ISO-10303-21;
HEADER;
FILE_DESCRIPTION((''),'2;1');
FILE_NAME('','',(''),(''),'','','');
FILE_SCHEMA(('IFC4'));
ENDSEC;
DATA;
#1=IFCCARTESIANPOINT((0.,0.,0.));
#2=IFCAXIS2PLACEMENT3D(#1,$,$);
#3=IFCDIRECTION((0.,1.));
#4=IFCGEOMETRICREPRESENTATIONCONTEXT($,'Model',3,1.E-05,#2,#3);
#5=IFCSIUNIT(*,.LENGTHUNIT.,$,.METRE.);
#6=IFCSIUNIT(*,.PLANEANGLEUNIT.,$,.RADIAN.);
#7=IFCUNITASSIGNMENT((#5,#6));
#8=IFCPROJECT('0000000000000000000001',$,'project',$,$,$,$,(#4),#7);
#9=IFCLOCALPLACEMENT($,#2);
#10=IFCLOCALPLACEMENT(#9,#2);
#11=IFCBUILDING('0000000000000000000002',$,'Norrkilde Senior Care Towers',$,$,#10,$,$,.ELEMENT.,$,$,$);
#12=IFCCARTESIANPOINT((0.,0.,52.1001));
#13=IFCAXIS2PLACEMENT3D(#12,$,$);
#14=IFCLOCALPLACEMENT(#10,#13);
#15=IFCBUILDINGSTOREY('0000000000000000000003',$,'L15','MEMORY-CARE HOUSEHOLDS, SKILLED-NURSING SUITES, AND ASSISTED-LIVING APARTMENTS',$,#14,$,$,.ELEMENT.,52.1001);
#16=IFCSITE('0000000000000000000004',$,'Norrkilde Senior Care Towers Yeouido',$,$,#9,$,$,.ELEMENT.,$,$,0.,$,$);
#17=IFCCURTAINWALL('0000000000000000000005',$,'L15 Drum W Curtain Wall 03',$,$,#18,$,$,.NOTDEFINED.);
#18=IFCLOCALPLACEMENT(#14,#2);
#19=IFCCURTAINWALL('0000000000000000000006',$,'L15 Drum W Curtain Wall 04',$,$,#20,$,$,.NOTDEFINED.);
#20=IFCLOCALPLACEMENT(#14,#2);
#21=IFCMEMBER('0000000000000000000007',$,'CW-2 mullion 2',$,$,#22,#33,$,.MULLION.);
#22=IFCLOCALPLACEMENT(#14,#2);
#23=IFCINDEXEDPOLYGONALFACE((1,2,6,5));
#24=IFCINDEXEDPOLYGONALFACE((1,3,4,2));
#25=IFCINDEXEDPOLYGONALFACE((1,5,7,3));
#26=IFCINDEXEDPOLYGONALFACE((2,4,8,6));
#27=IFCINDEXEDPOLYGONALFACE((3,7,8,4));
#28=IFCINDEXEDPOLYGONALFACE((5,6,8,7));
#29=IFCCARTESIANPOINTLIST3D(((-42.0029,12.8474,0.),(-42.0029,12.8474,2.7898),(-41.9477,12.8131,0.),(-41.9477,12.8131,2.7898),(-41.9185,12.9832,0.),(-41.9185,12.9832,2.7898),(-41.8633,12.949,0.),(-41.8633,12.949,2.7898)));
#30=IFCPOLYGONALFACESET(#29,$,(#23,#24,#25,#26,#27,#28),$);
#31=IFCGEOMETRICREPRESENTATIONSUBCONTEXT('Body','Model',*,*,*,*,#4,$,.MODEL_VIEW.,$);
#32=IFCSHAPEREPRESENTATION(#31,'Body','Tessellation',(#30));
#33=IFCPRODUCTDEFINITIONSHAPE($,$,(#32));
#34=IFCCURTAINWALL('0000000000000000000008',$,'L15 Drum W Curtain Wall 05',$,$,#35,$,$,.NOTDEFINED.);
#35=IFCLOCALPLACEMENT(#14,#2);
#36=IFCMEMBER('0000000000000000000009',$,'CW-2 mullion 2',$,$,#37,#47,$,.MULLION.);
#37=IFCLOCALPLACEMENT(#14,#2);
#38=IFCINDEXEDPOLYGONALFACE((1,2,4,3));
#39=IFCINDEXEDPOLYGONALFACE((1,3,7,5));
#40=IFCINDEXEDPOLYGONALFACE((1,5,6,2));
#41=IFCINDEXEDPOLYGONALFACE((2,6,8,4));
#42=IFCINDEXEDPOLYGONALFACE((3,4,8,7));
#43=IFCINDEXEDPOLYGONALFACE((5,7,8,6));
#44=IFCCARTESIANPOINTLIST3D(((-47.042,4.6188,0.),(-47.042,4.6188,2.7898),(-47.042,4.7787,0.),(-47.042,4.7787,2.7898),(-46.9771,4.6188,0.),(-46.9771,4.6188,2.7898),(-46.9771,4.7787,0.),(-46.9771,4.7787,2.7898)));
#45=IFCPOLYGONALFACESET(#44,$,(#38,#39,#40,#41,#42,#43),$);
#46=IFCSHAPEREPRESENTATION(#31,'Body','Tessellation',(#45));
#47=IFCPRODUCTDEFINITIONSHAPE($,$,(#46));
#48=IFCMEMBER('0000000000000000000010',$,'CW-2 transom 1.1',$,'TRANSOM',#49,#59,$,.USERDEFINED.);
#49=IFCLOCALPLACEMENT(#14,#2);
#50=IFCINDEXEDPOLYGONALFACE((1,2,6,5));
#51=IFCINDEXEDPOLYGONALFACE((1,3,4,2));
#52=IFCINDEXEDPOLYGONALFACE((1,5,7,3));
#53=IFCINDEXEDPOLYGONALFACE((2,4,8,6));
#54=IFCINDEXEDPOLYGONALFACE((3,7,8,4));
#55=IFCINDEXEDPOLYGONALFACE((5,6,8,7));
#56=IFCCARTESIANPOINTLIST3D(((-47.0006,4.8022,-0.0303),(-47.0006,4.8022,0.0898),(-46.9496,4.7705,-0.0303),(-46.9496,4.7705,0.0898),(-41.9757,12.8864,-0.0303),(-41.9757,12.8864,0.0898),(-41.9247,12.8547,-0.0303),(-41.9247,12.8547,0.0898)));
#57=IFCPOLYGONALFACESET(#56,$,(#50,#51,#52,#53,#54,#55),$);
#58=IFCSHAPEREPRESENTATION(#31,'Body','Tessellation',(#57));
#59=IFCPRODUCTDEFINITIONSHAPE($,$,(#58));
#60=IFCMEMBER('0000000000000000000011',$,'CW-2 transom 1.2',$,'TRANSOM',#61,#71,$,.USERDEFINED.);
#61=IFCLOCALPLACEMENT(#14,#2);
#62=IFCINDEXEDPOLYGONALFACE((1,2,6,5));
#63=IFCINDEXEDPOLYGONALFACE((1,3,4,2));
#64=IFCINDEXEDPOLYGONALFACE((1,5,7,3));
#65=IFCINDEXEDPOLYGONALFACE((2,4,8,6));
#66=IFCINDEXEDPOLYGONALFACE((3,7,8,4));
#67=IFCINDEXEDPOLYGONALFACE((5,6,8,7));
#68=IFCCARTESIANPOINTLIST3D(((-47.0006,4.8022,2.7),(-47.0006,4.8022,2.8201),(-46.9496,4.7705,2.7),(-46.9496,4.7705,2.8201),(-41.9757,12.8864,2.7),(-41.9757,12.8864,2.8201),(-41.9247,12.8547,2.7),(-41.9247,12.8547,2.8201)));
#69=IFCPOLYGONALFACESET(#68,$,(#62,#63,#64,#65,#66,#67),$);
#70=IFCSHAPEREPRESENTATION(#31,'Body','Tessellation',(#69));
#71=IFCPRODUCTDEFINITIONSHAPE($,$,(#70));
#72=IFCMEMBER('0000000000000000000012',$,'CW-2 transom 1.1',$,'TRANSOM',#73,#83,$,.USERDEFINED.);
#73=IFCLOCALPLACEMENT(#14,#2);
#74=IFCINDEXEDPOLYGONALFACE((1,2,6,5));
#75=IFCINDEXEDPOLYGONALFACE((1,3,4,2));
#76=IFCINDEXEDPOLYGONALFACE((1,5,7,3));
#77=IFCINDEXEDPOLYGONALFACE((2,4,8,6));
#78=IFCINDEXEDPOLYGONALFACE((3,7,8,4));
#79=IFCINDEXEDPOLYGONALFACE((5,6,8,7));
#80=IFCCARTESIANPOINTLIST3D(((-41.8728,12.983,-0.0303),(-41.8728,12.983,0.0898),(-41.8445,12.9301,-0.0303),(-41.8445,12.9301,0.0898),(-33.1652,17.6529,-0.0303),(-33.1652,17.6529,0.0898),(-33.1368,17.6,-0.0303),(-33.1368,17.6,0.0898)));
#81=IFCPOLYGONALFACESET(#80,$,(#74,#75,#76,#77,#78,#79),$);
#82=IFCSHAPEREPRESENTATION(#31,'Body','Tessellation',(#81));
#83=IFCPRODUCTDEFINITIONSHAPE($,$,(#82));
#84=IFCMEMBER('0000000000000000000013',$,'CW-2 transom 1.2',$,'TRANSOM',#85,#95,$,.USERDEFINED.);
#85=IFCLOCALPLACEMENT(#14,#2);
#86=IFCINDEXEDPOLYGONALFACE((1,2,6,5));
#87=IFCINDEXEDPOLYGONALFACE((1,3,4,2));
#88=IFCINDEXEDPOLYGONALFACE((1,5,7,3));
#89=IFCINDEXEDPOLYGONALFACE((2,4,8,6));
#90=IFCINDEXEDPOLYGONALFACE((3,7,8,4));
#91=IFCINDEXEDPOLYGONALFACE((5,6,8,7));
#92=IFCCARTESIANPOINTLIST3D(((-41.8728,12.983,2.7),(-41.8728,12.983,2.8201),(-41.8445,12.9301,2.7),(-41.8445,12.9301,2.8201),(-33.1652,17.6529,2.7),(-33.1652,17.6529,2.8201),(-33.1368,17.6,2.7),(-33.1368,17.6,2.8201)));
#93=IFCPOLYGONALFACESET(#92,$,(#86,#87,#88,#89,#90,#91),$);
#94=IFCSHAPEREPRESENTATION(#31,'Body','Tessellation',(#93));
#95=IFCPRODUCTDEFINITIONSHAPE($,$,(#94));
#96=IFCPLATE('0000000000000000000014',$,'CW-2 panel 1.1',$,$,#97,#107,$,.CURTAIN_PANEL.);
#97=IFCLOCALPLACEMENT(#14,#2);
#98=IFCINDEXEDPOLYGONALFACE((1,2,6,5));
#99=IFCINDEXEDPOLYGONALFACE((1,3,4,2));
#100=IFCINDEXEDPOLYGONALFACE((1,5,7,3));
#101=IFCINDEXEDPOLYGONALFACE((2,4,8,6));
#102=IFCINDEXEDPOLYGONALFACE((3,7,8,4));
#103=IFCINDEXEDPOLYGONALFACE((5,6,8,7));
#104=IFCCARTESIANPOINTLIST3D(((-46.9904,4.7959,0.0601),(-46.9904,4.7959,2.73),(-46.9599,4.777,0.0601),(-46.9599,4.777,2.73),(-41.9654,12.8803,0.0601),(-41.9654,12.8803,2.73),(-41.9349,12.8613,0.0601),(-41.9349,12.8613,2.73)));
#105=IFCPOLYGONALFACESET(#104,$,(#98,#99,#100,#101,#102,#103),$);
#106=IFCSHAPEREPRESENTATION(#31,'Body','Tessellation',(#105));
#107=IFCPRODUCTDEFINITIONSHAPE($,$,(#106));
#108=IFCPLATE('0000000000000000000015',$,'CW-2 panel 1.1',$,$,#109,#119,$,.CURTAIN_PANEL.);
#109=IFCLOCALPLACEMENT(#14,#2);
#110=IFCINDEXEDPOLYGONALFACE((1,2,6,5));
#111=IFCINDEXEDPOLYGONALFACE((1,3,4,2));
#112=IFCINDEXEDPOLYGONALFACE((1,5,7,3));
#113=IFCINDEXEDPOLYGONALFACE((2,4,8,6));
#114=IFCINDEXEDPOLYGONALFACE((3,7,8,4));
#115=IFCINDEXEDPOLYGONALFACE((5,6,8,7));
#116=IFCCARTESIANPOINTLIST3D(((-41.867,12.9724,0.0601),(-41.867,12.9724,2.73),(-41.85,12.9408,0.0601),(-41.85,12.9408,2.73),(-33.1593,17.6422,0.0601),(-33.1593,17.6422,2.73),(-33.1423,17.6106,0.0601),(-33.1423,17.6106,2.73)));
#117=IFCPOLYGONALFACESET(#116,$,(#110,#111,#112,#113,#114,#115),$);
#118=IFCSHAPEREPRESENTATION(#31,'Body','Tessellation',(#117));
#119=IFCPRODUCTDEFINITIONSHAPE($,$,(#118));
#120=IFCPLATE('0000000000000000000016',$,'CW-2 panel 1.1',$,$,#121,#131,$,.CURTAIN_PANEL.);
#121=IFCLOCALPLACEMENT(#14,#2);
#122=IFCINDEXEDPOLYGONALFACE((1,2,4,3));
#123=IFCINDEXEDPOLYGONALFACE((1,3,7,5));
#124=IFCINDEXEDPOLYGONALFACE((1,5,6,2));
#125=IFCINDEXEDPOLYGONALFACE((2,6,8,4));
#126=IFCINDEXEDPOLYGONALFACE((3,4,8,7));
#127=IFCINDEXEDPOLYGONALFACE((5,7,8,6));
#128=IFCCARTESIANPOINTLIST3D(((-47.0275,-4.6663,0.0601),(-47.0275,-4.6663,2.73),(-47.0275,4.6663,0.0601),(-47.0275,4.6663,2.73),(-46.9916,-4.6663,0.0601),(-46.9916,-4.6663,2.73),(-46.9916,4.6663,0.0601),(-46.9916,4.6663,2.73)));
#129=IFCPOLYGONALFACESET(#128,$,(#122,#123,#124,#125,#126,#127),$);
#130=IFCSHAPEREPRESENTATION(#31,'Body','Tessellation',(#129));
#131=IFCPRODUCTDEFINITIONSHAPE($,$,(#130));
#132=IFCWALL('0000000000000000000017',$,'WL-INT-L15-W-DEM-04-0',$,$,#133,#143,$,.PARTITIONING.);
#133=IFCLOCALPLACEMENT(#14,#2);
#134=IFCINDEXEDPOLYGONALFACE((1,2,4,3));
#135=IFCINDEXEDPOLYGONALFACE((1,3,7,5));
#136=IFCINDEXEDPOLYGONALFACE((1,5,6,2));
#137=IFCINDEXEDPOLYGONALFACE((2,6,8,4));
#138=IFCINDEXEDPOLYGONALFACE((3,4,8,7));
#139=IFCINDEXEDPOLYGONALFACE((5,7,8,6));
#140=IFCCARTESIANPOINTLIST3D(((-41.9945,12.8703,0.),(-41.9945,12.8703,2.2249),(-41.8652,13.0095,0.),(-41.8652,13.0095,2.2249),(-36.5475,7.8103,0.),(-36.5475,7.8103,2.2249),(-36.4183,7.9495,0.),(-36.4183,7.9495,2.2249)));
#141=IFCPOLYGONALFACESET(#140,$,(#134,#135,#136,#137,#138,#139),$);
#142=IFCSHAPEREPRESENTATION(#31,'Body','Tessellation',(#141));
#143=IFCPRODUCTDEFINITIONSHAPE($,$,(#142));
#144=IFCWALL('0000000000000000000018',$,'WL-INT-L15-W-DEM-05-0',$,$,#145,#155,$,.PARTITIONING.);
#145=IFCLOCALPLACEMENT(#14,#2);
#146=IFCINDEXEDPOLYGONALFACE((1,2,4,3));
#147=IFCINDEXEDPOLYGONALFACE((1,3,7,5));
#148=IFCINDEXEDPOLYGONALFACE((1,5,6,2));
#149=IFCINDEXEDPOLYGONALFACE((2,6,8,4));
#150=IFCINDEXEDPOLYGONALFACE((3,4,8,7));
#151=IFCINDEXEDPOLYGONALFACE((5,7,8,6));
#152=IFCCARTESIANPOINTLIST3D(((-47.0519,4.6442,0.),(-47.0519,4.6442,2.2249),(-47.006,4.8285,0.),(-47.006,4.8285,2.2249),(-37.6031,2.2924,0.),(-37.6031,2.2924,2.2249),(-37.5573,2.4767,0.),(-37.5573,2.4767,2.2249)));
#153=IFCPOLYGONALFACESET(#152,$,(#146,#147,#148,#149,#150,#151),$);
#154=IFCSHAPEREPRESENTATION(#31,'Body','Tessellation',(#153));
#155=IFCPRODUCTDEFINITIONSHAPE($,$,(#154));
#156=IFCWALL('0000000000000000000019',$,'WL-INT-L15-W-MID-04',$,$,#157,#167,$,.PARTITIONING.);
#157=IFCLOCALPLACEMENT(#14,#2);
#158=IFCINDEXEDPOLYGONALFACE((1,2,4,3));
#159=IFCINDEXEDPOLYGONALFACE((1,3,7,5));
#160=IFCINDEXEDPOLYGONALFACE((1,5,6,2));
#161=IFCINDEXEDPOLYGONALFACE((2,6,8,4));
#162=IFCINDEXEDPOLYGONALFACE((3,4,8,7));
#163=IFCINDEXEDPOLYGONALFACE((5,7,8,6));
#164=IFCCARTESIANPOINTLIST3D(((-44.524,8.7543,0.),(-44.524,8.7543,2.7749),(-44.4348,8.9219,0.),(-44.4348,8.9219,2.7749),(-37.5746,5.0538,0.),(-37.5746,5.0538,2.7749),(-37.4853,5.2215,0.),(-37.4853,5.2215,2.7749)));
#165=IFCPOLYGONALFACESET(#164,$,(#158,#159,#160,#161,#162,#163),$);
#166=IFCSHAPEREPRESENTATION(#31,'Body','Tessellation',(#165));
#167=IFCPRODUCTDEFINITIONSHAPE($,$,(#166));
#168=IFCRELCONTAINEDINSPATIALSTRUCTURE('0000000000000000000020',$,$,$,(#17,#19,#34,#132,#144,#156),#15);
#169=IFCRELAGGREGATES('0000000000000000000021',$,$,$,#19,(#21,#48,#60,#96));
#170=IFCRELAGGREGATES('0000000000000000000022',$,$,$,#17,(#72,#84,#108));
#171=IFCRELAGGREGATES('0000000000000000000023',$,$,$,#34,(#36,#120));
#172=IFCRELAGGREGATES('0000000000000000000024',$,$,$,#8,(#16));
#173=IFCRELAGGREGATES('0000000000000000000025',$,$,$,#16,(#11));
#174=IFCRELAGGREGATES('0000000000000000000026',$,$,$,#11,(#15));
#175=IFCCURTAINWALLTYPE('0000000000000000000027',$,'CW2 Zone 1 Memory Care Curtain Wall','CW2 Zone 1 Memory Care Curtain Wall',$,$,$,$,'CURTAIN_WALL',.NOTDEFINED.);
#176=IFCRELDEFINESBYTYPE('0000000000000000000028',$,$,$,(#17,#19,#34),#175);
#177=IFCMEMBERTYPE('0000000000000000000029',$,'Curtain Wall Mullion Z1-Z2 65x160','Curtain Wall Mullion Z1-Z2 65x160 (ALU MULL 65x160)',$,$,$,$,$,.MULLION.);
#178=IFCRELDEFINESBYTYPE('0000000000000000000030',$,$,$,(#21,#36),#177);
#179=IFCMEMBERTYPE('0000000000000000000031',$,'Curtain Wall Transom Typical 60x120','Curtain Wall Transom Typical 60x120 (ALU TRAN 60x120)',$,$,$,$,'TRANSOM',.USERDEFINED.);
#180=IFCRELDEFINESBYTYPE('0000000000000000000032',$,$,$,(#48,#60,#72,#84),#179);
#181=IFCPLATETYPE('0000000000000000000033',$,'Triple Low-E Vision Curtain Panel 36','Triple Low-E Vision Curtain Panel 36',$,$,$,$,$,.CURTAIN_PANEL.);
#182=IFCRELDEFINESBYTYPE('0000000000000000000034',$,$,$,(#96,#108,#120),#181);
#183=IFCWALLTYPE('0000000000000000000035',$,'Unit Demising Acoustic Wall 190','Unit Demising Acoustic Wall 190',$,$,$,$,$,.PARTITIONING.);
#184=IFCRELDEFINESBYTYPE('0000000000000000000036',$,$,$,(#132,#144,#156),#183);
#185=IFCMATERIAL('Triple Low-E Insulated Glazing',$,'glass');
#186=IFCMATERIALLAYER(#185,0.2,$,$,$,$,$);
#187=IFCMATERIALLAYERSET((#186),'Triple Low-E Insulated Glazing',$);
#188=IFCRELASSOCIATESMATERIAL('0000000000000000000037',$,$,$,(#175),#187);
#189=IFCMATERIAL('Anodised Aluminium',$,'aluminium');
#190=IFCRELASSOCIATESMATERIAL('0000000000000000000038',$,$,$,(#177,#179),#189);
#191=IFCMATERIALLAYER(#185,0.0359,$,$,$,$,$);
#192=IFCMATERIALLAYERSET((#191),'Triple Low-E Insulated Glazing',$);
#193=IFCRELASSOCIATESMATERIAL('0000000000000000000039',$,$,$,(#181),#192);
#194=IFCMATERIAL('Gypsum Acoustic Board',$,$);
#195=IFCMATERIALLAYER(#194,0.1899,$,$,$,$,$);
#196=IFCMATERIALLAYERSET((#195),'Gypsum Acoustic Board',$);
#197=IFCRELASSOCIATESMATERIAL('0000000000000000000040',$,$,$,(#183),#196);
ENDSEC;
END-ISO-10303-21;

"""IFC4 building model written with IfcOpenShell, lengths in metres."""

from ifc_helpers import new_model, si_unit, direction, frame, frame_2d, origin, origin_2d, place, context, subcontext, project, spatial, rectangle, extrude, source, transform, mapped, material, layer, layer_set, material_profile, profile_set, type_object, type_shapes, element, aggregate, save


model = new_model("IFC4")

# Units and contexts
model_context = context("Model", 3, precision=1e-05, world=origin(), true_north=direction((0.0, 1.0)))
body_context = subcontext(model_context, "Body", "Model", "MODEL_VIEW")
ifc_project = project(units=[si_unit("LENGTHUNIT", "METRE"), si_unit("PLANEANGLEUNIT", "RADIAN")], contexts=[model_context])

# Site, building, storey
site_placement = place(None, origin())
site = spatial("IfcSite", under=ifc_project, at=site_placement, Name="Norrkilde Senior Care Towers Yeouido", CompositionType="ELEMENT", RefElevation=0.0)
building_placement = place(site_placement, origin())
building = spatial("IfcBuilding", under=site, at=building_placement, Name="Norrkilde Senior Care Towers", CompositionType="ELEMENT")
storey_placement = place(building_placement, frame((0.0, 0.0, 52.1001)))
storey = spatial("IfcBuildingStorey", under=building, at=storey_placement, Name="L15", Description="MEMORY-CARE HOUSEHOLDS, SKILLED-NURSING SUITES, AND ASSISTED-LIVING APARTMENTS", CompositionType="ELEMENT", Elevation=52.1001)

# Curtain wall
ifc_material_1 = material(Name="Triple Low-E Insulated Glazing", Category="glass")
ifc_layer_1 = layer(ifc_material_1, 0.2)
ifc_layer_set_1 = layer_set([ifc_layer_1], Name="Triple Low-E Insulated Glazing")
curtain_wall_type = type_object("IfcCurtainWallType", Name="CW2 Zone 1 Memory Care Curtain Wall", Description="CW2 Zone 1 Memory Care Curtain Wall", ElementType="CURTAIN_WALL", PredefinedType="NOTDEFINED", material=ifc_layer_set_1)
curtain_wall_1_placement = place(storey_placement, origin())
curtain_wall_1 = element("IfcCurtainWall", 1, at=curtain_wall_1_placement, inside=storey, type_object=curtain_wall_type, Name="L15 Drum W Curtain Wall 03", PredefinedType="NOTDEFINED")
ifc_material_2 = material(Name="Anodised Aluminium", Category="aluminium")
ifc_material_profile_1 = material_profile(ifc_material_2, rectangle(XDim=0.0649, YDim=0.1599, at=origin_2d()), Name="ALU MULL 65x160")
ifc_profile_set_1 = profile_set([ifc_material_profile_1], Name="Anodised Aluminium")
member_type_1 = type_object("IfcMemberType", Name="Curtain Wall Mullion Z1-Z2 65x160", Description="Curtain Wall Mullion Z1-Z2 65x160 (ALU MULL 65x160)", PredefinedType="MULLION", material=ifc_profile_set_1)
shared_shape_1 = source(origin(), body_context, "Body", "SweptSolid", [
    extrude(rectangle(XDim=0.0649, YDim=0.1599, at=origin_2d()), origin(), (0.0, 0.0, 1.0), 2.7898),
])
type_shapes(member_type_1, [shared_shape_1])

# Curtain wall, member
curtain_wall_2_placement = place(storey_placement, origin())
curtain_wall_2 = element("IfcCurtainWall", 2, at=curtain_wall_2_placement, inside=storey, type_object=curtain_wall_type, Name="L15 Drum W Curtain Wall 04", PredefinedType="NOTDEFINED")
member_1_placement = place(storey_placement, frame((-41.9331, 12.8982, 0.0), z_axis=(0.0, 0.0, 1.0), x_axis=(-0.849306, 0.527901, 0.0)))
member_1 = element("IfcMember", 3, at=member_1_placement, type_object=member_type_1, Name="CW-2 mullion 2", PredefinedType="MULLION", context=body_context, shape_type="MappedRepresentation", body=[
    mapped(shared_shape_1, transform((0.0, 0.0, 0.0), x_axis=(1.0, 0.0, 0.0), y_axis=(0.0, 1.0, 0.0), z_axis=(0.0, 0.0, 1.0), scale=1.0)),
])

# Curtain wall, member
curtain_wall_3_placement = place(storey_placement, origin())
curtain_wall_3 = element("IfcCurtainWall", 4, at=curtain_wall_3_placement, inside=storey, type_object=curtain_wall_type, Name="L15 Drum W Curtain Wall 05", PredefinedType="NOTDEFINED")
member_2_placement = place(storey_placement, frame((-47.0095, 4.6987, 0.0), z_axis=(0.0, 0.0, 1.0), x_axis=(-1.0, 0.0, 0.0)))
member_2 = element("IfcMember", 5, at=member_2_placement, type_object=member_type_1, Name="CW-2 mullion 2", PredefinedType="MULLION", context=body_context, shape_type="MappedRepresentation", body=[
    mapped(shared_shape_1, transform((0.0, 0.0, 0.0), x_axis=(1.0, 0.0, 0.0), y_axis=(0.0, 1.0, 0.0), z_axis=(0.0, 0.0, 1.0), scale=1.0)),
])

# Members
ifc_material_profile_2 = material_profile(ifc_material_2, rectangle(XDim=0.0601, YDim=0.1201, at=origin_2d()), Name="ALU TRAN 60x120")
ifc_profile_set_2 = profile_set([ifc_material_profile_2], Name="Anodised Aluminium")
member_type_2 = type_object("IfcMemberType", Name="Curtain Wall Transom Typical 60x120", Description="Curtain Wall Transom Typical 60x120 (ALU TRAN 60x120)", ElementType="TRANSOM", PredefinedType="USERDEFINED", material=ifc_profile_set_2)
shared_shape_2 = source(origin(), body_context, "Body", "SweptSolid", [
    extrude(rectangle(XDim=0.0601, YDim=0.1201, at=origin_2d()), origin(), (0.0, 0.0, 1.0), 9.5186),
])
member_3_placement = place(storey_placement, frame((-46.9751, 4.7864, 0.0298), z_axis=(0.527902, 0.849306, 0.0), x_axis=(-0.849306, 0.527902, 0.0)))
member_3 = element("IfcMember", 6, at=member_3_placement, type_object=member_type_2, Name="CW-2 transom 1.1", ObjectType="TRANSOM", PredefinedType="USERDEFINED", context=body_context, shape_type="MappedRepresentation", body=[
    mapped(shared_shape_2, transform((0.0, 0.0, 0.0), x_axis=(1.0, 0.0, 0.0), y_axis=(0.0, 1.0, 0.0), z_axis=(0.0, 0.0, 1.0), scale=1.0)),
])
member_4_placement = place(storey_placement, frame((-46.9751, 4.7864, 2.76), z_axis=(0.527902, 0.849306, 0.0), x_axis=(-0.849306, 0.527902, 0.0)))
member_4 = element("IfcMember", 7, at=member_4_placement, type_object=member_type_2, Name="CW-2 transom 1.2", ObjectType="TRANSOM", PredefinedType="USERDEFINED", context=body_context, shape_type="MappedRepresentation", body=[
    mapped(shared_shape_2, transform((0.0, 0.0, 0.0), x_axis=(1.0, 0.0, 0.0), y_axis=(0.0, 1.0, 0.0), z_axis=(0.0, 0.0, 1.0), scale=1.0)),
])
shared_shape_3 = source(origin(), body_context, "Body", "SweptSolid", [
    extrude(rectangle(XDim=0.0601, YDim=0.1201, at=origin_2d()), origin(), (0.0, 0.0, 1.0), 9.8809),
])
type_shapes(member_type_2, [shared_shape_2, shared_shape_3])
member_5_placement = place(storey_placement, frame((-41.8586, 12.9565, 0.0298), z_axis=(0.881267, 0.472618, 0.0), x_axis=(-0.472618, 0.881267, 0.0)))
member_5 = element("IfcMember", 8, at=member_5_placement, type_object=member_type_2, Name="CW-2 transom 1.1", ObjectType="TRANSOM", PredefinedType="USERDEFINED", context=body_context, shape_type="MappedRepresentation", body=[
    mapped(shared_shape_3, transform((0.0, 0.0, 0.0), x_axis=(1.0, 0.0, 0.0), y_axis=(0.0, 1.0, 0.0), z_axis=(0.0, 0.0, 1.0), scale=1.0)),
])
member_6_placement = place(storey_placement, frame((-41.8586, 12.9565, 2.76), z_axis=(0.881267, 0.472618, 0.0), x_axis=(-0.472618, 0.881267, 0.0)))
member_6 = element("IfcMember", 9, at=member_6_placement, type_object=member_type_2, Name="CW-2 transom 1.2", ObjectType="TRANSOM", PredefinedType="USERDEFINED", context=body_context, shape_type="MappedRepresentation", body=[
    mapped(shared_shape_3, transform((0.0, 0.0, 0.0), x_axis=(1.0, 0.0, 0.0), y_axis=(0.0, 1.0, 0.0), z_axis=(0.0, 0.0, 1.0), scale=1.0)),
])

# Plates
ifc_layer_2 = layer(ifc_material_1, 0.0359)
ifc_layer_set_2 = layer_set([ifc_layer_2], Name="Triple Low-E Insulated Glazing")
plate_type = type_object("IfcPlateType", Name="Triple Low-E Vision Curtain Panel 36", Description="Triple Low-E Vision Curtain Panel 36", PredefinedType="CURTAIN_PANEL", material=ifc_layer_set_2)
shared_shape_4 = source(origin(), body_context, "Body", "SweptSolid", [
    extrude(rectangle(XDim=9.5188, YDim=0.0359, at=origin_2d()), origin(), (0.0, 0.0, 1.0), 2.6699),
])
plate_1_placement = place(storey_placement, frame((-44.4626, 8.8286, 0.0601), z_axis=(0.0, 0.0, 1.0), x_axis=(0.527901, 0.849306, 0.0)))
plate_1 = element("IfcPlate", 10, at=plate_1_placement, type_object=plate_type, Name="CW-2 panel 1.1", PredefinedType="CURTAIN_PANEL", context=body_context, shape_type="MappedRepresentation", body=[
    mapped(shared_shape_4, transform((0.0, 0.0, 0.0), x_axis=(1.0, 0.0, 0.0), y_axis=(0.0, 1.0, 0.0), z_axis=(0.0, 0.0, 1.0), scale=1.0)),
])
aggregate(curtain_wall_2, [member_1, member_3, member_4, plate_1])
shared_shape_5 = source(origin(), body_context, "Body", "SweptSolid", [
    extrude(rectangle(XDim=9.8809, YDim=0.0359, at=origin_2d()), origin(), (0.0, 0.0, 1.0), 2.6699),
])
plate_2_placement = place(storey_placement, frame((-37.5046, 15.2915, 0.0601), z_axis=(0.0, 0.0, 1.0), x_axis=(0.881273, 0.472608, 0.0)))
plate_2 = element("IfcPlate", 11, at=plate_2_placement, type_object=plate_type, Name="CW-2 panel 1.1", PredefinedType="CURTAIN_PANEL", context=body_context, shape_type="MappedRepresentation", body=[
    mapped(shared_shape_5, transform((0.0, 0.0, 0.0), x_axis=(1.0, 0.0, 0.0), y_axis=(0.0, 1.0, 0.0), z_axis=(0.0, 0.0, 1.0), scale=1.0)),
])
aggregate(curtain_wall_1, [member_5, member_6, plate_2])
shared_shape_6 = source(origin(), body_context, "Body", "SweptSolid", [
    extrude(rectangle(XDim=9.3325, YDim=0.0359, at=origin_2d()), origin(), (0.0, 0.0, 1.0), 2.6699),
])
type_shapes(plate_type, [shared_shape_4, shared_shape_5, shared_shape_6])
plate_3_placement = place(storey_placement, frame((-47.0095, 0.0, 0.0601), z_axis=(0.0, 0.0, 1.0), x_axis=(0.0, 1.0, 0.0)))
plate_3 = element("IfcPlate", 12, at=plate_3_placement, type_object=plate_type, Name="CW-2 panel 1.1", PredefinedType="CURTAIN_PANEL", context=body_context, shape_type="MappedRepresentation", body=[
    mapped(shared_shape_6, transform((0.0, 0.0, 0.0), x_axis=(1.0, 0.0, 0.0), y_axis=(0.0, 1.0, 0.0), z_axis=(0.0, 0.0, 1.0), scale=1.0)),
])
aggregate(curtain_wall_3, [member_2, plate_3])

# Shared definitions
ifc_material_3 = material(Name="Gypsum Acoustic Board")

# Walls
ifc_layer_3 = layer(ifc_material_3, 0.1899)
ifc_layer_set_3 = layer_set([ifc_layer_3], Name="Gypsum Acoustic Board")
wall_type_1 = type_object("IfcWallType", Name="Unit Demising Acoustic Wall 190", Description="Unit Demising Acoustic Wall 190", PredefinedType="PARTITIONING", material=ifc_layer_set_3)
shared_shape_7 = source(origin(), body_context, "Body", "SweptSolid", [
    extrude(rectangle(XDim=7.4346, YDim=0.1899, at=frame_2d((3.7173, 0.0))), origin(), (0.0, 0.0, 1.0), 2.2249),
])
wall_1_placement = place(storey_placement, frame((-36.4829, 7.8799, 0.0), z_axis=(0.0, 0.0, 1.0), x_axis=(-0.732652, 0.680603, 0.0)))
element("IfcWall", 13, at=wall_1_placement, inside=storey, type_object=wall_type_1, Name="WL-INT-L15-W-DEM-04-0", PredefinedType="PARTITIONING", context=body_context, shape_type="MappedRepresentation", body=[
    mapped(shared_shape_7, transform((0.0, 0.0, 0.0), x_axis=(1.0, 0.0, 0.0), y_axis=(0.0, 1.0, 0.0), z_axis=(0.0, 0.0, 1.0), scale=1.0)),
])
shared_shape_8 = source(origin(), body_context, "Body", "SweptSolid", [
    extrude(rectangle(XDim=9.7371, YDim=0.1899, at=frame_2d((4.8687, 0.0))), origin(), (0.0, 0.0, 1.0), 2.2249),
])
wall_2_placement = place(storey_placement, frame((-37.5801, 2.3845, 0.0), z_axis=(0.0, 0.0, 1.0), x_axis=(-0.970393, 0.241533, 0.0)))
element("IfcWall", 14, at=wall_2_placement, inside=storey, type_object=wall_type_1, Name="WL-INT-L15-W-DEM-05-0", PredefinedType="PARTITIONING", context=body_context, shape_type="MappedRepresentation", body=[
    mapped(shared_shape_8, transform((0.0, 0.0, 0.0), x_axis=(1.0, 0.0, 0.0), y_axis=(0.0, 1.0, 0.0), z_axis=(0.0, 0.0, 1.0), scale=1.0)),
])
shared_shape_9 = source(origin(), body_context, "Body", "SweptSolid", [
    extrude(rectangle(XDim=7.8733, YDim=0.1899, at=frame_2d((3.9365, 0.0))), origin(), (0.0, 0.0, 1.0), 2.7749),
])
wall_3_placement = place(storey_placement, frame((-37.53, 5.1377, 0.0), z_axis=(0.0, 0.0, 1.0), x_axis=(-0.882666, 0.470001, 0.0)))
element("IfcWall", 15, at=wall_3_placement, inside=storey, type_object=wall_type_1, Name="WL-INT-L15-W-MID-04", PredefinedType="PARTITIONING", context=body_context, shape_type="MappedRepresentation", body=[
    mapped(shared_shape_9, transform((0.0, 0.0, 0.0), x_axis=(1.0, 0.0, 0.0), y_axis=(0.0, 1.0, 0.0), z_axis=(0.0, 0.0, 1.0), scale=1.0)),
])

save(model, "model.ifc")
